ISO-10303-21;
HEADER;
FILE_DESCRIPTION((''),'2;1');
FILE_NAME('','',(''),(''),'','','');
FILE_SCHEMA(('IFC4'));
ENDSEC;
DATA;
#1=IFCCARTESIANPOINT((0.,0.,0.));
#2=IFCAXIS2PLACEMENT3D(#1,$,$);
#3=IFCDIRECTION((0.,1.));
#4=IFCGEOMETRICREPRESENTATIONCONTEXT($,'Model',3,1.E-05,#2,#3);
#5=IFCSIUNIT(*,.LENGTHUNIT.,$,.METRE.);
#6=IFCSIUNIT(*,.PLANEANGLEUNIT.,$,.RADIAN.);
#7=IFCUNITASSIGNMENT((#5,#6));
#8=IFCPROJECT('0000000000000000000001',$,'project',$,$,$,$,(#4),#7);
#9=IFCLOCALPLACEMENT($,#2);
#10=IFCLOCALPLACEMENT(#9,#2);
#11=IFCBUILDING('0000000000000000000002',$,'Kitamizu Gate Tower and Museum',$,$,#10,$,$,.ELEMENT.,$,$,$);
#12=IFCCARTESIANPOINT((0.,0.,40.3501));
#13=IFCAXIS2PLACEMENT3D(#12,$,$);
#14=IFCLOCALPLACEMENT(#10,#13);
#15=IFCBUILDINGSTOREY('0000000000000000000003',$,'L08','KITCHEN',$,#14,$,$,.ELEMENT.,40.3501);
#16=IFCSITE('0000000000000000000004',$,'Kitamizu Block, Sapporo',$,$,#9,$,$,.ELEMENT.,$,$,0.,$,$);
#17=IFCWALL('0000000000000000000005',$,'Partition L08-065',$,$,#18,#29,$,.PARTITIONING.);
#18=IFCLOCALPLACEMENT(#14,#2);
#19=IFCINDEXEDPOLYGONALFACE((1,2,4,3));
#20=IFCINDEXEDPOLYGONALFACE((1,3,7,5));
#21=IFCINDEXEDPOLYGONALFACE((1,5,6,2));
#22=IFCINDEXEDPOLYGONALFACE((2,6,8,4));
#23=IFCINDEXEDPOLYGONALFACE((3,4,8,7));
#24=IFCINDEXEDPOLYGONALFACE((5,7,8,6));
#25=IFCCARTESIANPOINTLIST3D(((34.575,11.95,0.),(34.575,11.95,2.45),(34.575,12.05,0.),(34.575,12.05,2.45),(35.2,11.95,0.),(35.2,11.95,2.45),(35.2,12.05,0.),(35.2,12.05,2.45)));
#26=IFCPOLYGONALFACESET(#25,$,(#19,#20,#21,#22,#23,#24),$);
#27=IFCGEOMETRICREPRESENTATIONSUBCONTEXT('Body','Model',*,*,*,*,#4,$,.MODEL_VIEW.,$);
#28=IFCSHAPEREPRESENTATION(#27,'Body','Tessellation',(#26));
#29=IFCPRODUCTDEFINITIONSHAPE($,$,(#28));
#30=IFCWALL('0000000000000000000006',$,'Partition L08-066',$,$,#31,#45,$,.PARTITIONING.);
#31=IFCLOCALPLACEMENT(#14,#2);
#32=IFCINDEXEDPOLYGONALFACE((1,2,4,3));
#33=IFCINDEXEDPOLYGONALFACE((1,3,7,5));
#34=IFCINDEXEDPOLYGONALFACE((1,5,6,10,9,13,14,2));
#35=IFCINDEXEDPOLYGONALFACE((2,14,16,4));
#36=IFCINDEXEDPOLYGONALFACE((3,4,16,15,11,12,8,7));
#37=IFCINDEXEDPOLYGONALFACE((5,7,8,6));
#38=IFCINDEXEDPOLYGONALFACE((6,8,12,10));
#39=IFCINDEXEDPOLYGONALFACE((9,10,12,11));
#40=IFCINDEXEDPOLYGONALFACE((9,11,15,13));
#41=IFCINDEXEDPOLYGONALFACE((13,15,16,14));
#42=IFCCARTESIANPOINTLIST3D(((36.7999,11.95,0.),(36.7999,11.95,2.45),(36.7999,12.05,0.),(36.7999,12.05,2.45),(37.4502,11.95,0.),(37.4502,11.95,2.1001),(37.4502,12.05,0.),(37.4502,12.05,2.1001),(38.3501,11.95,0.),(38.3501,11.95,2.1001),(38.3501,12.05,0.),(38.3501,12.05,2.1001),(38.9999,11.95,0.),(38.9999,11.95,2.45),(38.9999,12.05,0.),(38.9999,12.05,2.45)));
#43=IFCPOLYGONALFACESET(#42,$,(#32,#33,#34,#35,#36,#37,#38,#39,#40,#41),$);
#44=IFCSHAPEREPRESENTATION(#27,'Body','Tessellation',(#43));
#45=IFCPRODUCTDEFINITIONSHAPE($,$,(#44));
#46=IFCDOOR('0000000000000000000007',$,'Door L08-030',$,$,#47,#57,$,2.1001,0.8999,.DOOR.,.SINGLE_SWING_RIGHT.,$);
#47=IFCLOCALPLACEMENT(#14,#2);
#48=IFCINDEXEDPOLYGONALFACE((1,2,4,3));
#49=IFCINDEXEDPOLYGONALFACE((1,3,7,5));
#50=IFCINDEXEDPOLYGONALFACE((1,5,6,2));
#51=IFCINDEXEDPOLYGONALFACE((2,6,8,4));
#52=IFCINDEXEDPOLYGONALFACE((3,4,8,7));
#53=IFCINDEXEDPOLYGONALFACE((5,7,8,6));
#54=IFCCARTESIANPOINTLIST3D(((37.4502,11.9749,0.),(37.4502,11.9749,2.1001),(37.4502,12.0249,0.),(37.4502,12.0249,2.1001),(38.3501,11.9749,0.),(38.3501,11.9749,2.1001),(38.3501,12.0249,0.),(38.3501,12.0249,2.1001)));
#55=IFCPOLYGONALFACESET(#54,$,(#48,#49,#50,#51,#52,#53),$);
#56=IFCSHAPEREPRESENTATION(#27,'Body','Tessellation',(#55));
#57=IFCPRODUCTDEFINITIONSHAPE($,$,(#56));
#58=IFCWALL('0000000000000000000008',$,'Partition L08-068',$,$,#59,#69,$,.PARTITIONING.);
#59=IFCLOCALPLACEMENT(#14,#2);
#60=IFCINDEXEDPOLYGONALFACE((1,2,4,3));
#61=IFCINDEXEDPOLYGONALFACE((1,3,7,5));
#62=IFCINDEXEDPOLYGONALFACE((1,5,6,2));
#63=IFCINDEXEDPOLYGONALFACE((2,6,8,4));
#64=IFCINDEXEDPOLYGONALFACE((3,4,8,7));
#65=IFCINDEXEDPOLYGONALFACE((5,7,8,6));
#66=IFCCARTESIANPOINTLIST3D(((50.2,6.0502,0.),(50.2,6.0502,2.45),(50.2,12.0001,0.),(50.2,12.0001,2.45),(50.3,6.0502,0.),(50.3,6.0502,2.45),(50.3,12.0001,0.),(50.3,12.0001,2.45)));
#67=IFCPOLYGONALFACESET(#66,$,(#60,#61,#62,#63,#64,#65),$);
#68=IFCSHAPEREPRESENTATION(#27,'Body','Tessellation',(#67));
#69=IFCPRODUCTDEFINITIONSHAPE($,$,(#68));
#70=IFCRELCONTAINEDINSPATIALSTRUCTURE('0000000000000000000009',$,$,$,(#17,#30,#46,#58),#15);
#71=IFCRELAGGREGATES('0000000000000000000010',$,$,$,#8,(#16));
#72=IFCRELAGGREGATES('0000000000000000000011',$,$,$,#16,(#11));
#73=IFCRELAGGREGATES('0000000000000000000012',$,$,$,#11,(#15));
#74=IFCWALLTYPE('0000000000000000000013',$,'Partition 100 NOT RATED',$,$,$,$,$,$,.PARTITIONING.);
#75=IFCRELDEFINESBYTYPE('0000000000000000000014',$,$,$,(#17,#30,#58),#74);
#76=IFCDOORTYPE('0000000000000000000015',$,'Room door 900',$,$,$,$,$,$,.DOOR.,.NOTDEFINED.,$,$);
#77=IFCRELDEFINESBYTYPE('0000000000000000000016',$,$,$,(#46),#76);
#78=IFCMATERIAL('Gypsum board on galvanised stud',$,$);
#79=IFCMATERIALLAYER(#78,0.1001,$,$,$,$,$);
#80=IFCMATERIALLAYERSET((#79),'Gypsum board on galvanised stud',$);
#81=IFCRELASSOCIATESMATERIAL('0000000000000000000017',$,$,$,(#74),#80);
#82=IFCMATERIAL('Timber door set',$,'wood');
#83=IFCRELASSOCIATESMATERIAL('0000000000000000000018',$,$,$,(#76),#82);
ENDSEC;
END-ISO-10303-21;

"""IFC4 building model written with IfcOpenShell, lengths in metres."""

from ifc_helpers import new_model, si_unit, direction, frame, frame_2d, origin, place, context, subcontext, project, spatial, rectangle, extrude, material, layer, layer_set, type_object, element, fill, save


model = new_model("IFC4")

# Units and contexts
model_context = context("Model", 3, precision=1e-05, world=origin(), true_north=direction((0.0, 1.0)))
body_context = subcontext(model_context, "Body", "Model", "MODEL_VIEW")
ifc_project = project(units=[si_unit("LENGTHUNIT", "METRE"), si_unit("PLANEANGLEUNIT", "RADIAN")], contexts=[model_context])

# Site, building, storey
site_placement = place(None, origin())
site = spatial("IfcSite", under=ifc_project, at=site_placement, Name="Kitamizu Block, Sapporo", CompositionType="ELEMENT", RefElevation=0.0)
building_placement = place(site_placement, origin())
building = spatial("IfcBuilding", under=site, at=building_placement, Name="Kitamizu Gate Tower and Museum", CompositionType="ELEMENT")
storey_placement = place(building_placement, frame((0.0, 0.0, 40.3501)))
storey = spatial("IfcBuildingStorey", under=building, at=storey_placement, Name="L08", Description="KITCHEN", CompositionType="ELEMENT", Elevation=40.3501)

# Shared definitions
ifc_material_1 = material(Name="Gypsum board on galvanised stud")
ifc_layer = layer(ifc_material_1, 0.1001)
ifc_layer_set = layer_set([ifc_layer], Name="Gypsum board on galvanised stud")
wall_type = type_object("IfcWallType", Name="Partition 100 NOT RATED", PredefinedType="PARTITIONING", material=ifc_layer_set)

# Shared definitions
ifc_material_2 = material(Name="Timber door set", Category="wood")
door_type = type_object("IfcDoorType", Name="Room door 900", OperationType="NOTDEFINED", PredefinedType="DOOR", material=ifc_material_2)

# Wall
wall_1_placement = place(storey_placement, frame((35.2, 12.0, 0.0), z_axis=(0.0, 0.0, 1.0), x_axis=(-1.0, 0.0, 0.0)))
element("IfcWall", 1, at=wall_1_placement, inside=storey, type_object=wall_type, Name="Partition L08-065", PredefinedType="PARTITIONING", context=body_context, shape_type="SweptSolid", body=[
    extrude(rectangle(XDim=0.625, YDim=0.1001, at=frame_2d((0.3125, 0.0))), origin(), (0.0, 0.0, 1.0), 2.45),
])

# Wall, opening, door
wall_2_placement = place(storey_placement, frame((39.0, 12.0, 0.0), z_axis=(0.0, 0.0, 1.0), x_axis=(-1.0, 0.0, 0.0)))
wall_2 = element("IfcWall", 2, at=wall_2_placement, inside=storey, type_object=wall_type, Name="Partition L08-066", PredefinedType="PARTITIONING", context=body_context, shape_type="SweptSolid", body=[
    extrude(rectangle(XDim=2.2, YDim=0.1001, at=frame_2d((1.1001, 0.0))), origin(), (0.0, 0.0, 1.0), 2.45),
])
opening_1_placement = place(wall_2_placement, frame((0.6499, 0.0, 0.0)))
opening_1 = element("IfcOpeningElement", 3, at=opening_1_placement, cuts=wall_2, PredefinedType="OPENING", context=body_context, shape_type="SweptSolid", body=[
    extrude(rectangle(XDim=0.8999, YDim=2.1001, at=frame_2d((0.45, 1.05))), frame((0.0, 0.0601, 0.0), z_axis=(0.0, -1.0, 0.0), x_axis=(1.0, 0.0, 0.0)), (0.0, 0.0, 1.0), 0.1201),
])
door_1_placement = place(opening_1_placement, frame((0.8999, 0.0, 0.0), x_axis=(-1.0, 0.0, 0.0)))
door_1 = element("IfcDoor", 4, at=door_1_placement, inside=storey, type_object=door_type, Name="Door L08-030", OperationType="SINGLE_SWING_RIGHT", OverallHeight=2.1001, OverallWidth=0.8999, PredefinedType="DOOR", context=body_context, shape_type="SweptSolid", body=[
    extrude(rectangle(XDim=0.8999, YDim=2.1001, at=frame_2d((0.45, 1.05))), frame((0.0, 0.0249, 0.0), z_axis=(0.0, -1.0, 0.0), x_axis=(1.0, 0.0, 0.0)), (0.0, 0.0, 1.0), 0.05),
])
fill(opening_1, door_1)

# Wall
wall_3_placement = place(storey_placement, frame((50.25, 6.05, 0.0), z_axis=(0.0, 0.0, 1.0), x_axis=(0.0, 1.0, 0.0)))
element("IfcWall", 5, at=wall_3_placement, inside=storey, type_object=wall_type, Name="Partition L08-068", PredefinedType="PARTITIONING", context=body_context, shape_type="SweptSolid", body=[
    extrude(rectangle(XDim=5.95, YDim=0.1001, at=frame_2d((2.9751, 0.0))), origin(), (0.0, 0.0, 1.0), 2.45),
])

save(model, "model.ifc")
